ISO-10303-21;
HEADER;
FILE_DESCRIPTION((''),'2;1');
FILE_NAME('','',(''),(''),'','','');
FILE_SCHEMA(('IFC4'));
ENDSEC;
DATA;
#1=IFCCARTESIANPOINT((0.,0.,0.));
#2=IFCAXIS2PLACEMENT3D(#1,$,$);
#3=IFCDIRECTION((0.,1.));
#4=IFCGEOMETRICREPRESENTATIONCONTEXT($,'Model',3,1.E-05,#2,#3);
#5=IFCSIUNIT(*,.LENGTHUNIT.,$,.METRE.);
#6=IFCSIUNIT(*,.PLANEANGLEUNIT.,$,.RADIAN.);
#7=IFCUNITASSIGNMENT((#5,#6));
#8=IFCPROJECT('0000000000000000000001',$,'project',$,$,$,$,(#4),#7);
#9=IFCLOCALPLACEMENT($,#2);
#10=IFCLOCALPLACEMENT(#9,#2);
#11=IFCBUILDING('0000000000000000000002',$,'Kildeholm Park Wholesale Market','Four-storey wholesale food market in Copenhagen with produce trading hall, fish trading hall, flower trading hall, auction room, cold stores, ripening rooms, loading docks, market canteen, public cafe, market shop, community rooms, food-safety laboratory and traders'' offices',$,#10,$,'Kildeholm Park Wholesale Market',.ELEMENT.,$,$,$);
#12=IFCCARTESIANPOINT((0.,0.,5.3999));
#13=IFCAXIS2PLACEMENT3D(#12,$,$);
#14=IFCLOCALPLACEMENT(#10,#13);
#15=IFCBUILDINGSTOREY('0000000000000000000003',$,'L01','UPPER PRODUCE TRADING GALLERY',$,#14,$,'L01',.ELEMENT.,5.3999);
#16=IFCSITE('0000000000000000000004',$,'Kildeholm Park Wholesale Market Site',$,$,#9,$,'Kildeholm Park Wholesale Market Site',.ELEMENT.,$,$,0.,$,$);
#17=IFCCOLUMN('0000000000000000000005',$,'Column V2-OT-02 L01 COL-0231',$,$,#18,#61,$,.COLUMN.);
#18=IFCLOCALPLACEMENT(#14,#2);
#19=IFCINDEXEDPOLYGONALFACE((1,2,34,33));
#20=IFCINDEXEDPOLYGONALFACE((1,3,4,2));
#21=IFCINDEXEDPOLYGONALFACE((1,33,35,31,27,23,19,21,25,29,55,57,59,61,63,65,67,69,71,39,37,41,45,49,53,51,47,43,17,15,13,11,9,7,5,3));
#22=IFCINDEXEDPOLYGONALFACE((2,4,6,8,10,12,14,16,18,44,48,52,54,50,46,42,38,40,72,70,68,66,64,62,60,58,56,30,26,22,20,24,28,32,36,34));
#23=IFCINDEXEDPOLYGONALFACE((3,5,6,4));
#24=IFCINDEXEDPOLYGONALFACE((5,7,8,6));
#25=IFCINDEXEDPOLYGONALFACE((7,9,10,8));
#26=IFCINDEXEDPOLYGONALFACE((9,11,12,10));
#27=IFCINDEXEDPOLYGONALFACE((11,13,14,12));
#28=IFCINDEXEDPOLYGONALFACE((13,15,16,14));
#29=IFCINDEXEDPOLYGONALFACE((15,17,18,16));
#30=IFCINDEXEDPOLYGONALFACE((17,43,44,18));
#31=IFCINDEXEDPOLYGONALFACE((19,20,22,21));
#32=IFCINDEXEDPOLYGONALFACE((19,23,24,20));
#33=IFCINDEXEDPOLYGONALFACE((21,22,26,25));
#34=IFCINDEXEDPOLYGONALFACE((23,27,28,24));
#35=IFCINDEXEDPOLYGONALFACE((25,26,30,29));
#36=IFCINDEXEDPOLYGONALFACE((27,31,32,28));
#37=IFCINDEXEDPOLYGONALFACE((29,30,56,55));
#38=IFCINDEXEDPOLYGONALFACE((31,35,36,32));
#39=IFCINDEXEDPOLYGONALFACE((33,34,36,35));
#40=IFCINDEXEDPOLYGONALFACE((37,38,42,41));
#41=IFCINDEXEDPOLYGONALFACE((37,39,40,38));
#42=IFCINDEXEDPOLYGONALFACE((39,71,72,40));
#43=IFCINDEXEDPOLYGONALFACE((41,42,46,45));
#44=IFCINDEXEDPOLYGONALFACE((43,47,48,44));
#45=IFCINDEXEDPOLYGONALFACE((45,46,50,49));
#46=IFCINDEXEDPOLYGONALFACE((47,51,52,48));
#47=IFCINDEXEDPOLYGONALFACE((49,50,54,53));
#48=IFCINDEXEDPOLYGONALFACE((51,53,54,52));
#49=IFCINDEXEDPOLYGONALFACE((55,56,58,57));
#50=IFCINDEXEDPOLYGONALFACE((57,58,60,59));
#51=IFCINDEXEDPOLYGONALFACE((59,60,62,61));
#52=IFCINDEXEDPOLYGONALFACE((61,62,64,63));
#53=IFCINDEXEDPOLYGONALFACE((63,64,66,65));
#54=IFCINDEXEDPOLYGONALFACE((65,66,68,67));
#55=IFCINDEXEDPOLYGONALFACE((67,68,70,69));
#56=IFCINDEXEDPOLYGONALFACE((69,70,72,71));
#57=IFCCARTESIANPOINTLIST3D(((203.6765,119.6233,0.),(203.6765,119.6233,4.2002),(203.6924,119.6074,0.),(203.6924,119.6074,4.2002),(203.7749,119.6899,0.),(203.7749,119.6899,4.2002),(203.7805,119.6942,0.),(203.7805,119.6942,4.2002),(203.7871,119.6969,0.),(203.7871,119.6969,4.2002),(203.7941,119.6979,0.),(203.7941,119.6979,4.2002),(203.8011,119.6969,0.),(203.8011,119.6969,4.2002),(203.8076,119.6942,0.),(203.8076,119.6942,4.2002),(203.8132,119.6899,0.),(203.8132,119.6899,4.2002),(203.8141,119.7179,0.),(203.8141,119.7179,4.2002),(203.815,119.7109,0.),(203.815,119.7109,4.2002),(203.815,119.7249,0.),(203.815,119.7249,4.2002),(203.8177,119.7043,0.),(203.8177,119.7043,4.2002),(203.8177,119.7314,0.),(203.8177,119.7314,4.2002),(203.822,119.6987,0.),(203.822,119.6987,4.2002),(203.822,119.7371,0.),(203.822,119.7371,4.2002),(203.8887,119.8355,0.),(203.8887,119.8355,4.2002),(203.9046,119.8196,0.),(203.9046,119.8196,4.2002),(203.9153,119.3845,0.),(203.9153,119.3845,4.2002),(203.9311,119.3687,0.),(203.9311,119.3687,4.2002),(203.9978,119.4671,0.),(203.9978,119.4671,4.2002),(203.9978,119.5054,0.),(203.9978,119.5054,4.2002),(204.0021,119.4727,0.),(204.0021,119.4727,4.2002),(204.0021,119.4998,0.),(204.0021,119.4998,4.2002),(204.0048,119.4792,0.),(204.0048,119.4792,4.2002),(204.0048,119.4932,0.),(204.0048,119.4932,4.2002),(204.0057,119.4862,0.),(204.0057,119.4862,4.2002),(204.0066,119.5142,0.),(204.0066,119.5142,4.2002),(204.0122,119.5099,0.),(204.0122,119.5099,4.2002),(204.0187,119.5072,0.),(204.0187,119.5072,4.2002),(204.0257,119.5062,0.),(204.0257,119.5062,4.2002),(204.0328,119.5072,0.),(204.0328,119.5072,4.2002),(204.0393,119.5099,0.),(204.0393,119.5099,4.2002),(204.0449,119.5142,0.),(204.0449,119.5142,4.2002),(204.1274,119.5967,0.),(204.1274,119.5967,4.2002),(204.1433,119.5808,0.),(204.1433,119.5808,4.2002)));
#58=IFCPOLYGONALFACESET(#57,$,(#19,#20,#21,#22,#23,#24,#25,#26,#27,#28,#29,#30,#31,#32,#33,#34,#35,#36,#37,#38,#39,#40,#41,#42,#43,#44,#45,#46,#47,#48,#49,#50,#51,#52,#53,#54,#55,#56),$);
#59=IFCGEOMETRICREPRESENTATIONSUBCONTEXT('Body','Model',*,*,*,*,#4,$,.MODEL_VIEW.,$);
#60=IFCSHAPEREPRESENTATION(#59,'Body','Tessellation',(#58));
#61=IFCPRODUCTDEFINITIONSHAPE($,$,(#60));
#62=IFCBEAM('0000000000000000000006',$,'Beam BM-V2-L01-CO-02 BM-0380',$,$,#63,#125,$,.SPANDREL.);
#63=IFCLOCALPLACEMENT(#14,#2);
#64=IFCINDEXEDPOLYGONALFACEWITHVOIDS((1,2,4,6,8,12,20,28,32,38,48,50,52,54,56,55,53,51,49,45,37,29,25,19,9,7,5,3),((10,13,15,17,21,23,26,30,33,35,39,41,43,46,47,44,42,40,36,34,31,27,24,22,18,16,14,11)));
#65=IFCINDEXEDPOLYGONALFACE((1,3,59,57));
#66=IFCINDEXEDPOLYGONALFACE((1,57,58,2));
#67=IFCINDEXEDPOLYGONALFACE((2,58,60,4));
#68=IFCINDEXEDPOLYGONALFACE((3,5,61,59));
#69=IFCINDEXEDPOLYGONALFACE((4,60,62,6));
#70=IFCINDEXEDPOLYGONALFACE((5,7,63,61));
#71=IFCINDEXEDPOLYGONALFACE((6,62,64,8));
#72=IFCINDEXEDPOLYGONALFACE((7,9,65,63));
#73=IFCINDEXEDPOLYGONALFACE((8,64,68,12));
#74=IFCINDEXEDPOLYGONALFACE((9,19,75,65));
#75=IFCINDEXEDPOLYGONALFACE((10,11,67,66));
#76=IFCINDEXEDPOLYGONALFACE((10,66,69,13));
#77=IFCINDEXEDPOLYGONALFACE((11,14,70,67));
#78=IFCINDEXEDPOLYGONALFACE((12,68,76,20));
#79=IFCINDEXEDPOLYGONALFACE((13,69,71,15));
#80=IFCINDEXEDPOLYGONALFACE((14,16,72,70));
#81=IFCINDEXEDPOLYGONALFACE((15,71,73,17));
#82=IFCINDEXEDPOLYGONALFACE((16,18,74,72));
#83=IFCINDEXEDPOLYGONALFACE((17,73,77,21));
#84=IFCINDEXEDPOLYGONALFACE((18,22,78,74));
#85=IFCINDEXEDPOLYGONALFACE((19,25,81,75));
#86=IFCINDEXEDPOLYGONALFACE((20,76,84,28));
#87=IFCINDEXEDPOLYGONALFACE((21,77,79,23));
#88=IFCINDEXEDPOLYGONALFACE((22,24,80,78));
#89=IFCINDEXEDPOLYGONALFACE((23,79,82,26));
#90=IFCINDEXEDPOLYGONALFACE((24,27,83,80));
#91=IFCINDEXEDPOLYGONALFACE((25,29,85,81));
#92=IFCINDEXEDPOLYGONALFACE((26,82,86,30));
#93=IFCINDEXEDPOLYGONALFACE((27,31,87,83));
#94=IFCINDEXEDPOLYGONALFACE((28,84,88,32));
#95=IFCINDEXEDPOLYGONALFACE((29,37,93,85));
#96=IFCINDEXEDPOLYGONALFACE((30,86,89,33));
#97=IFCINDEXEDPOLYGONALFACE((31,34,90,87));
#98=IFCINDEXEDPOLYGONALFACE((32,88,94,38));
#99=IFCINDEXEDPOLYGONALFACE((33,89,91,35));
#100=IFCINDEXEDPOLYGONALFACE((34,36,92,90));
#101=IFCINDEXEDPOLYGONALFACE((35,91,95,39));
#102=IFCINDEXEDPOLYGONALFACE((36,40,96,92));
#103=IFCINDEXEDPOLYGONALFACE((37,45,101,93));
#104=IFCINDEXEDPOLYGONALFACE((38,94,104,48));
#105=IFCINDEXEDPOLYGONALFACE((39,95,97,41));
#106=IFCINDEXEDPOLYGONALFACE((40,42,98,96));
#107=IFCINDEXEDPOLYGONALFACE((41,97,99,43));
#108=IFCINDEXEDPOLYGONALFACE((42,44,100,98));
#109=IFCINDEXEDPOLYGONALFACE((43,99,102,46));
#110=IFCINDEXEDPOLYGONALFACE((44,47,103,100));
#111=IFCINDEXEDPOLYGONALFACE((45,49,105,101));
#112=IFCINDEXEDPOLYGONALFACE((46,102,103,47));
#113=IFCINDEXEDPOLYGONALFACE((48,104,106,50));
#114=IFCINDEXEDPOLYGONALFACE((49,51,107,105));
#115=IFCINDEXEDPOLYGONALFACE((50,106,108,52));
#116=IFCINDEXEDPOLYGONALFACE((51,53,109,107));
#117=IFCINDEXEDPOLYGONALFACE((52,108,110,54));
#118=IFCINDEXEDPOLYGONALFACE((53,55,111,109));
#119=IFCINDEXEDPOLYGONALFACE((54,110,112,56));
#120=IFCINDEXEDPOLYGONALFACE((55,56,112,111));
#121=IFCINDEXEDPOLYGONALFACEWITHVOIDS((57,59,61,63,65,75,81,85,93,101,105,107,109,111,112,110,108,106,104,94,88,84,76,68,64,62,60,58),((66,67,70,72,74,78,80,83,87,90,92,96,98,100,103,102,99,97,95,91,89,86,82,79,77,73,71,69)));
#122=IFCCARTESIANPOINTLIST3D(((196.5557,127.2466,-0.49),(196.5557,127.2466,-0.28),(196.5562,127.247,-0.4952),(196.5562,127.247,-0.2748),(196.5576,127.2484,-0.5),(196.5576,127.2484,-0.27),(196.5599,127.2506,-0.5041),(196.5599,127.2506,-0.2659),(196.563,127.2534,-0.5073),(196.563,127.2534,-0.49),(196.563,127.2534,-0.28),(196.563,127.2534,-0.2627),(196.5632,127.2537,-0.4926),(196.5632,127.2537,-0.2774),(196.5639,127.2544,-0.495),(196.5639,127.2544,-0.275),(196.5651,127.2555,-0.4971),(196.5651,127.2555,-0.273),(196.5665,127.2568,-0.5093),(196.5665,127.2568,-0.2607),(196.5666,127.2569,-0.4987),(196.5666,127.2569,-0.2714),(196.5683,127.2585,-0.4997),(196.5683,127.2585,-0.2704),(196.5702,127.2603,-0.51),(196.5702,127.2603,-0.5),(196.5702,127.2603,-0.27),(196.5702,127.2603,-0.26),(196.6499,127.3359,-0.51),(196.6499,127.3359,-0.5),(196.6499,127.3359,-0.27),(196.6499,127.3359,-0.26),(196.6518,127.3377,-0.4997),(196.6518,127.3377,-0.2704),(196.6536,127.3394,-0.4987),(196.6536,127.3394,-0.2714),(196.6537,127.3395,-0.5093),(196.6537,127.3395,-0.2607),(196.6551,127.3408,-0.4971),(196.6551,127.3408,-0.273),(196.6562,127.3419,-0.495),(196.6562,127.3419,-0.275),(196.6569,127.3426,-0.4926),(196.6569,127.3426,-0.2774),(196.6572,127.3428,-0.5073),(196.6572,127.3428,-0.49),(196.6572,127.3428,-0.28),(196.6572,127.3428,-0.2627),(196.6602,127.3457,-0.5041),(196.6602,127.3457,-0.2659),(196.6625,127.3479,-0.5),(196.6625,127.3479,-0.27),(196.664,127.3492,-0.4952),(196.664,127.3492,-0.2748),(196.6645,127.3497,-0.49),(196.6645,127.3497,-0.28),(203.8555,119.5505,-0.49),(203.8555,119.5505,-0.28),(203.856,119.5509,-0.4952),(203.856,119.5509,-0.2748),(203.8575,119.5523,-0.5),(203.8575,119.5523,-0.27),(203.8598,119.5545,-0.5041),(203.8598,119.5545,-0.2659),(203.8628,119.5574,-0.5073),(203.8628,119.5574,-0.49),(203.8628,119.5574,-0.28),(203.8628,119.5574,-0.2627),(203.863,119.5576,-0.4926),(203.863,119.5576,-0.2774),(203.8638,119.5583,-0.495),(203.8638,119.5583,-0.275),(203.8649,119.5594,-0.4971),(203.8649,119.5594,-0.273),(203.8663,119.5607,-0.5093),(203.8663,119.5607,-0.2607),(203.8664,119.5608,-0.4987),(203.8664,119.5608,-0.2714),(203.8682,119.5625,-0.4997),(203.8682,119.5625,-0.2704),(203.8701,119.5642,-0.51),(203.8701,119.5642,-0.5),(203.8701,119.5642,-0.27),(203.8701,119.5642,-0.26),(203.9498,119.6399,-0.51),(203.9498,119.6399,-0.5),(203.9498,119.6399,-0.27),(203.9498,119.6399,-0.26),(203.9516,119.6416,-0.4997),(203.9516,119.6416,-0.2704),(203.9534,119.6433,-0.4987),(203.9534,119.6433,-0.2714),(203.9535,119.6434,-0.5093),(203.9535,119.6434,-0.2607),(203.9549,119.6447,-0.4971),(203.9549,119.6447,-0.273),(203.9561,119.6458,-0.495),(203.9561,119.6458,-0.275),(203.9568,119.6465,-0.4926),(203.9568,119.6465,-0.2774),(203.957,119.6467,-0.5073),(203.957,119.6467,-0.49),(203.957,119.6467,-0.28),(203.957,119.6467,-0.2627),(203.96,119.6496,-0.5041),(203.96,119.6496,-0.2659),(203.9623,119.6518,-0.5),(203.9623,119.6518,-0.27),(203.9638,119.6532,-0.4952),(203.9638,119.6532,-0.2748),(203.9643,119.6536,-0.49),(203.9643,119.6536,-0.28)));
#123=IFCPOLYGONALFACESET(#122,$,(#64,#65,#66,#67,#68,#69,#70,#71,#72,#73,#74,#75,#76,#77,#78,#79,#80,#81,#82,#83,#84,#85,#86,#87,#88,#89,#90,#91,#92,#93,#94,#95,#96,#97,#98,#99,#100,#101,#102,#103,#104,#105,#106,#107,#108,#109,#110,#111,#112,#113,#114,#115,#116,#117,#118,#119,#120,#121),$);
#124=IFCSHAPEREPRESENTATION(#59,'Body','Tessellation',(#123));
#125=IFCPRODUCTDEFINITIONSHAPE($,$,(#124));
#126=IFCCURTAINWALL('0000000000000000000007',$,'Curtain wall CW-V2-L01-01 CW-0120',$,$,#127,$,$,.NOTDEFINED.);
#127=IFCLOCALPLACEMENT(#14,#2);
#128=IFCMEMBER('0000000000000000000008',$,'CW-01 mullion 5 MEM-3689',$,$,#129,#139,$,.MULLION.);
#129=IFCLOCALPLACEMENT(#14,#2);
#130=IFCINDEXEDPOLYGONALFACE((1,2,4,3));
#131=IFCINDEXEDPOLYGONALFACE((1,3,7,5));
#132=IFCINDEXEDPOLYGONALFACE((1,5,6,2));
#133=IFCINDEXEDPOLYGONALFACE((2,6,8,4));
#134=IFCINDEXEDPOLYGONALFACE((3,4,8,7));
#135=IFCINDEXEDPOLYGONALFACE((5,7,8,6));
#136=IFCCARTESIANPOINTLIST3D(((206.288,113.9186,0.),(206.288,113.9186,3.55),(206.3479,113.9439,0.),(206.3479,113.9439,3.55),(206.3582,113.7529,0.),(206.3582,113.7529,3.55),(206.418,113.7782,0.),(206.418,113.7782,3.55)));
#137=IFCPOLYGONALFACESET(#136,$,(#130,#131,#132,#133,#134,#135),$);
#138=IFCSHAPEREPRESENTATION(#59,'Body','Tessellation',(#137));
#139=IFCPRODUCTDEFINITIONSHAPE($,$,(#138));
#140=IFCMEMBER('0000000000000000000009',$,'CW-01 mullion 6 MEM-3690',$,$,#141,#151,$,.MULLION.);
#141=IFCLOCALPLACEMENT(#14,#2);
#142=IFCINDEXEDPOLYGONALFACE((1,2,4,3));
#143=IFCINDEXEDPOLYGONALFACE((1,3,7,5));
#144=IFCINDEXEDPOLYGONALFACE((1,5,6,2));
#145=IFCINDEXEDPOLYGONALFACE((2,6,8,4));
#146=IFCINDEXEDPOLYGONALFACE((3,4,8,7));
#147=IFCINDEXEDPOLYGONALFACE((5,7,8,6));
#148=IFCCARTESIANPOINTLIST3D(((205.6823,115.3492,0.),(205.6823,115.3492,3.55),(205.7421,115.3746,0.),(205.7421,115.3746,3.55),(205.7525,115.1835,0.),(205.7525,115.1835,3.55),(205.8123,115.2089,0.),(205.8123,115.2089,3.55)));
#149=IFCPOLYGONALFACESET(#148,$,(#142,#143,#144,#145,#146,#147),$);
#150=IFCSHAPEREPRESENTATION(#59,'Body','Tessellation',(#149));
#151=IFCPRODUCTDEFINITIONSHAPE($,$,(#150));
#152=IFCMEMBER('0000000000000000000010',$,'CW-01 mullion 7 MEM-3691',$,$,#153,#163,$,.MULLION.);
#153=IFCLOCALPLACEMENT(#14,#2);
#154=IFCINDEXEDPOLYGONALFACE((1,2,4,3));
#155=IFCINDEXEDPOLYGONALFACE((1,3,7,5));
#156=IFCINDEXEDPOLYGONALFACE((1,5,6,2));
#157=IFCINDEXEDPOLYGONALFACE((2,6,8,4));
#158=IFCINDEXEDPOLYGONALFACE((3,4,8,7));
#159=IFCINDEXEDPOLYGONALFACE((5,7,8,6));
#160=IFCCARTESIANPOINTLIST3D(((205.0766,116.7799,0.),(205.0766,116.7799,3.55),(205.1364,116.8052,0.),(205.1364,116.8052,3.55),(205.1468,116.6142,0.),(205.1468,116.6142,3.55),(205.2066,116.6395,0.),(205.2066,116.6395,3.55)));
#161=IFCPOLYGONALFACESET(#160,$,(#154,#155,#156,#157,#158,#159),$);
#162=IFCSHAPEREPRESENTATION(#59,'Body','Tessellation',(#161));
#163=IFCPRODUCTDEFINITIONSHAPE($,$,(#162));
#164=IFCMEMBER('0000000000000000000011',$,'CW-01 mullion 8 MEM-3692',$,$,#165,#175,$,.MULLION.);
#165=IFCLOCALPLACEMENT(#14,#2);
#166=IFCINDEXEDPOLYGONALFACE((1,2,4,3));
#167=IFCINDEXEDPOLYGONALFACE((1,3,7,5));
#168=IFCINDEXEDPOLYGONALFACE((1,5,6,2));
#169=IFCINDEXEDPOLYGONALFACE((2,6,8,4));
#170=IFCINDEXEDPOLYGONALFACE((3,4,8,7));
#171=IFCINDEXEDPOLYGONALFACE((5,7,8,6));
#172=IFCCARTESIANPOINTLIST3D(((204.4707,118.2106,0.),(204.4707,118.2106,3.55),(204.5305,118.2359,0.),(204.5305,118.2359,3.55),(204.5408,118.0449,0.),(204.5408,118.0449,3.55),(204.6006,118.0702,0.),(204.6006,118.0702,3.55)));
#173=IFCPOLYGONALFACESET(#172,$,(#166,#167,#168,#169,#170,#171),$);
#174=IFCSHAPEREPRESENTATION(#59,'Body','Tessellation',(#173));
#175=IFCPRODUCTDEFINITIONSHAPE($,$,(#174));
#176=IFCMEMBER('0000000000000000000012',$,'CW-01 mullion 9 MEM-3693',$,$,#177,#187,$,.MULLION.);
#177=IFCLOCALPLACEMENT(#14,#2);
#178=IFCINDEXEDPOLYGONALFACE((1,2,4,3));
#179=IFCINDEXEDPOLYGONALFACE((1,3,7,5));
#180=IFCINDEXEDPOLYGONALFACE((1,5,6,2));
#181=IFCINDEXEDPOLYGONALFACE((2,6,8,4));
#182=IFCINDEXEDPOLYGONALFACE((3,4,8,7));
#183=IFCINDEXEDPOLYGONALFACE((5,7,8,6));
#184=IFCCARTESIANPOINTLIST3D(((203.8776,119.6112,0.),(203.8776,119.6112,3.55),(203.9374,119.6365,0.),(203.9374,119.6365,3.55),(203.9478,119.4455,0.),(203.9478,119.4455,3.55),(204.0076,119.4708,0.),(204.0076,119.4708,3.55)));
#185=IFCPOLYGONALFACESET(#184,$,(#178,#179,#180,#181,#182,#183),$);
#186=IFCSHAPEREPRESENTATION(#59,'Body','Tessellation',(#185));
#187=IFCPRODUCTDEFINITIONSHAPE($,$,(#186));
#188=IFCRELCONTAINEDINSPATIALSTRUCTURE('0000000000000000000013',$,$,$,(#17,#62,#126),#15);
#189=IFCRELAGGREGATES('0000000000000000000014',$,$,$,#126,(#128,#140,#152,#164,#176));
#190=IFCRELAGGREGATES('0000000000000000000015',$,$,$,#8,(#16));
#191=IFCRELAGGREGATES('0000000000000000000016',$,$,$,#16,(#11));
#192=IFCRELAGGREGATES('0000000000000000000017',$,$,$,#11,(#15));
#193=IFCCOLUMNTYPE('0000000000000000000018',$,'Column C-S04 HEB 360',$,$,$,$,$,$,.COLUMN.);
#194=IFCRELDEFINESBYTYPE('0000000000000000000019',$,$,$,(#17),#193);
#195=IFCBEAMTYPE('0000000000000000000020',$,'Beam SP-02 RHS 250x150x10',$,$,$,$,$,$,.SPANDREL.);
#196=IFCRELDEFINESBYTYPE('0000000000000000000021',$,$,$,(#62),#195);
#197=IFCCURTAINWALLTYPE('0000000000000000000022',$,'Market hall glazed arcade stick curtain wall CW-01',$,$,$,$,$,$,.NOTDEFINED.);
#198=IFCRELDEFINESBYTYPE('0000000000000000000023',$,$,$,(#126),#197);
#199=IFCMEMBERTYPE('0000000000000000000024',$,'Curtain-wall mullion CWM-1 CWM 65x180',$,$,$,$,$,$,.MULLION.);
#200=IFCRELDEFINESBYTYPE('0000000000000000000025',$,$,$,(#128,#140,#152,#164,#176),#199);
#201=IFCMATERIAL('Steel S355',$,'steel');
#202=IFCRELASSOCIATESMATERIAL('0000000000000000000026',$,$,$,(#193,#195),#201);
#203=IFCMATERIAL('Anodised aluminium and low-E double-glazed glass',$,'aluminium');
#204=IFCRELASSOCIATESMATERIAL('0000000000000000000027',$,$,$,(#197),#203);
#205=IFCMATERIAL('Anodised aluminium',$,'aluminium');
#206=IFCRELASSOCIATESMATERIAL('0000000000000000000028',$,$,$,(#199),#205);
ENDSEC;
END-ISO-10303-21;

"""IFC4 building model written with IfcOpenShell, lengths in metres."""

from ifc_helpers import new_model, si_unit, direction, frame, origin, origin_2d, place, context, subcontext, project, spatial, rectangle, hollow_rectangle, i_section, extrude, material, material_profile, profile_set, type_object, element, aggregate, save


model = new_model("IFC4")

# Units and contexts
model_context = context("Model", 3, precision=1e-05, world=origin(), true_north=direction((0.0, 1.0)))
body_context = subcontext(model_context, "Body", "Model", "MODEL_VIEW")
ifc_project = project(units=[si_unit("LENGTHUNIT", "METRE"), si_unit("PLANEANGLEUNIT", "RADIAN")], contexts=[model_context])

# Site, building, storey
site_placement = place(None, origin())
site = spatial("IfcSite", under=ifc_project, at=site_placement, Name="Kildeholm Park Wholesale Market Site", LongName="Kildeholm Park Wholesale Market Site", CompositionType="ELEMENT", RefElevation=0.0)
building_placement = place(site_placement, origin())
building = spatial("IfcBuilding", under=site, at=building_placement, Name="Kildeholm Park Wholesale Market", Description="Four-storey wholesale food market in Copenhagen with produce trading hall, fish trading hall, flower trading hall, auction room, cold stores, ripening rooms, loading docks, market canteen, public cafe, market shop, community rooms, food-safety laboratory and traders' offices", LongName="Kildeholm Park Wholesale Market", CompositionType="ELEMENT")
storey_placement = place(building_placement, frame((0.0, 0.0, 5.3999)))
storey = spatial("IfcBuildingStorey", under=building, at=storey_placement, Name="L01", Description="UPPER PRODUCE TRADING GALLERY", LongName="L01", CompositionType="ELEMENT", Elevation=5.3999)

# Column
ifc_material_1 = material(Name="Steel S355", Category="steel")
ifc_material_profile_1 = material_profile(ifc_material_1, i_section(OverallWidth=0.3, OverallDepth=0.3601, WebThickness=0.0125, FlangeThickness=0.0225, FilletRadius=0.0271, at=origin_2d()), Name="HEB 360")
ifc_profile_set_1 = profile_set([ifc_material_profile_1], Name="Steel S355")
column_type = type_object("IfcColumnType", Name="Column C-S04 HEB 360", PredefinedType="COLUMN", material=ifc_profile_set_1)
column_placement = place(storey_placement, frame((203.9099, 119.6021, 0.0), z_axis=(0.0, 0.0, 1.0), x_axis=(0.707107, 0.707107, 0.0)))
element("IfcColumn", 1, at=column_placement, inside=storey, type_object=column_type, Name="Column V2-OT-02 L01 COL-0231", PredefinedType="COLUMN", context=body_context, shape_type="SweptSolid", body=[
    extrude(i_section(OverallWidth=0.3, OverallDepth=0.3601, WebThickness=0.0125, FlangeThickness=0.0225, FilletRadius=0.0271, at=origin_2d()), origin(), (0.0, 0.0, 1.0), 4.2002),
])

# Beam
ifc_material_profile_2 = material_profile(ifc_material_1, hollow_rectangle(XDim=0.1499, YDim=0.25, WallThickness=0.01, InnerFilletRadius=0.01, OuterFilletRadius=0.02, at=origin_2d()), Name="RHS 250x150x10")
ifc_profile_set_2 = profile_set([ifc_material_profile_2], Name="Steel S355")
beam_type = type_object("IfcBeamType", Name="Beam SP-02 RHS 250x150x10", PredefinedType="SPANDREL", material=ifc_profile_set_2)
beam_placement = place(storey_placement, frame((203.9099, 119.6021, -0.385), z_axis=(-0.688182, 0.725538, 0.0), x_axis=(-0.725538, -0.688182, 0.0)))
element("IfcBeam", 2, at=beam_placement, inside=storey, type_object=beam_type, Name="Beam BM-V2-L01-CO-02 BM-0380", PredefinedType="SPANDREL", context=body_context, shape_type="SweptSolid", body=[
    extrude(hollow_rectangle(XDim=0.1499, YDim=0.25, WallThickness=0.01, InnerFilletRadius=0.01, OuterFilletRadius=0.02, at=origin_2d()), origin(), (0.0, 0.0, 1.0), 10.6074),
])

# Curtain wall, members
ifc_material_2 = material(Name="Anodised aluminium and low-E double-glazed glass", Category="aluminium")
curtain_wall_type = type_object("IfcCurtainWallType", Name="Market hall glazed arcade stick curtain wall CW-01", PredefinedType="NOTDEFINED", material=ifc_material_2)
curtain_wall_1_placement = place(storey_placement, origin())
curtain_wall_1 = element("IfcCurtainWall", 3, at=curtain_wall_1_placement, inside=storey, type_object=curtain_wall_type, Name="Curtain wall CW-V2-L01-01 CW-0120", PredefinedType="NOTDEFINED")
ifc_material_3 = material(Name="Anodised aluminium", Category="aluminium")
ifc_material_profile_3 = material_profile(ifc_material_3, rectangle(XDim=0.0649, YDim=0.1799, at=origin_2d()), Name="CWM 65x180")
ifc_profile_set_3 = profile_set([ifc_material_profile_3], Name="Anodised aluminium")
member_type_1 = type_object("IfcMemberType", Name="Curtain-wall mullion CWM-1 CWM 65x180", PredefinedType="MULLION", material=ifc_profile_set_3)
member_1_placement = place(storey_placement, frame((206.353, 113.8484, 0.0), z_axis=(0.0, 0.0, 1.0), x_axis=(-0.920855, -0.389905, 0.0)))
member_1 = element("IfcMember", 4, at=member_1_placement, type_object=member_type_1, Name="CW-01 mullion 5 MEM-3689", PredefinedType="MULLION", context=body_context, shape_type="SweptSolid", body=[
    extrude(rectangle(XDim=0.0649, YDim=0.1799, at=origin_2d()), origin(), (0.0, 0.0, 1.0), 3.55),
])
member_2_placement = place(storey_placement, frame((205.7473, 115.2791, 0.0), z_axis=(0.0, 0.0, 1.0), x_axis=(-0.920855, -0.389905, 0.0)))
member_2 = element("IfcMember", 5, at=member_2_placement, type_object=member_type_1, Name="CW-01 mullion 6 MEM-3690", PredefinedType="MULLION", context=body_context, shape_type="SweptSolid", body=[
    extrude(rectangle(XDim=0.0649, YDim=0.1799, at=origin_2d()), origin(), (0.0, 0.0, 1.0), 3.55),
])
member_3_placement = place(storey_placement, frame((205.1416, 116.7097, 0.0), z_axis=(0.0, 0.0, 1.0), x_axis=(-0.920855, -0.389905, 0.0)))
member_3 = element("IfcMember", 6, at=member_3_placement, type_object=member_type_1, Name="CW-01 mullion 7 MEM-3691", PredefinedType="MULLION", context=body_context, shape_type="SweptSolid", body=[
    extrude(rectangle(XDim=0.0649, YDim=0.1799, at=origin_2d()), origin(), (0.0, 0.0, 1.0), 3.55),
])
member_4_placement = place(storey_placement, frame((204.5356, 118.1404, 0.0), z_axis=(0.0, 0.0, 1.0), x_axis=(-0.920855, -0.389905, 0.0)))
member_4 = element("IfcMember", 7, at=member_4_placement, type_object=member_type_1, Name="CW-01 mullion 8 MEM-3692", PredefinedType="MULLION", context=body_context, shape_type="SweptSolid", body=[
    extrude(rectangle(XDim=0.0649, YDim=0.1799, at=origin_2d()), origin(), (0.0, 0.0, 1.0), 3.55),
])
member_5_placement = place(storey_placement, frame((203.9426, 119.541, 0.0), z_axis=(0.0, 0.0, 1.0), x_axis=(-0.920855, -0.389905, 0.0)))
member_5 = element("IfcMember", 8, at=member_5_placement, type_object=member_type_1, Name="CW-01 mullion 9 MEM-3693", PredefinedType="MULLION", context=body_context, shape_type="SweptSolid", body=[
    extrude(rectangle(XDim=0.0649, YDim=0.1799, at=origin_2d()), origin(), (0.0, 0.0, 1.0), 3.55),
])

aggregate(curtain_wall_1, [member_1, member_2, member_3, member_4, member_5])

save(model, "model.ifc")
